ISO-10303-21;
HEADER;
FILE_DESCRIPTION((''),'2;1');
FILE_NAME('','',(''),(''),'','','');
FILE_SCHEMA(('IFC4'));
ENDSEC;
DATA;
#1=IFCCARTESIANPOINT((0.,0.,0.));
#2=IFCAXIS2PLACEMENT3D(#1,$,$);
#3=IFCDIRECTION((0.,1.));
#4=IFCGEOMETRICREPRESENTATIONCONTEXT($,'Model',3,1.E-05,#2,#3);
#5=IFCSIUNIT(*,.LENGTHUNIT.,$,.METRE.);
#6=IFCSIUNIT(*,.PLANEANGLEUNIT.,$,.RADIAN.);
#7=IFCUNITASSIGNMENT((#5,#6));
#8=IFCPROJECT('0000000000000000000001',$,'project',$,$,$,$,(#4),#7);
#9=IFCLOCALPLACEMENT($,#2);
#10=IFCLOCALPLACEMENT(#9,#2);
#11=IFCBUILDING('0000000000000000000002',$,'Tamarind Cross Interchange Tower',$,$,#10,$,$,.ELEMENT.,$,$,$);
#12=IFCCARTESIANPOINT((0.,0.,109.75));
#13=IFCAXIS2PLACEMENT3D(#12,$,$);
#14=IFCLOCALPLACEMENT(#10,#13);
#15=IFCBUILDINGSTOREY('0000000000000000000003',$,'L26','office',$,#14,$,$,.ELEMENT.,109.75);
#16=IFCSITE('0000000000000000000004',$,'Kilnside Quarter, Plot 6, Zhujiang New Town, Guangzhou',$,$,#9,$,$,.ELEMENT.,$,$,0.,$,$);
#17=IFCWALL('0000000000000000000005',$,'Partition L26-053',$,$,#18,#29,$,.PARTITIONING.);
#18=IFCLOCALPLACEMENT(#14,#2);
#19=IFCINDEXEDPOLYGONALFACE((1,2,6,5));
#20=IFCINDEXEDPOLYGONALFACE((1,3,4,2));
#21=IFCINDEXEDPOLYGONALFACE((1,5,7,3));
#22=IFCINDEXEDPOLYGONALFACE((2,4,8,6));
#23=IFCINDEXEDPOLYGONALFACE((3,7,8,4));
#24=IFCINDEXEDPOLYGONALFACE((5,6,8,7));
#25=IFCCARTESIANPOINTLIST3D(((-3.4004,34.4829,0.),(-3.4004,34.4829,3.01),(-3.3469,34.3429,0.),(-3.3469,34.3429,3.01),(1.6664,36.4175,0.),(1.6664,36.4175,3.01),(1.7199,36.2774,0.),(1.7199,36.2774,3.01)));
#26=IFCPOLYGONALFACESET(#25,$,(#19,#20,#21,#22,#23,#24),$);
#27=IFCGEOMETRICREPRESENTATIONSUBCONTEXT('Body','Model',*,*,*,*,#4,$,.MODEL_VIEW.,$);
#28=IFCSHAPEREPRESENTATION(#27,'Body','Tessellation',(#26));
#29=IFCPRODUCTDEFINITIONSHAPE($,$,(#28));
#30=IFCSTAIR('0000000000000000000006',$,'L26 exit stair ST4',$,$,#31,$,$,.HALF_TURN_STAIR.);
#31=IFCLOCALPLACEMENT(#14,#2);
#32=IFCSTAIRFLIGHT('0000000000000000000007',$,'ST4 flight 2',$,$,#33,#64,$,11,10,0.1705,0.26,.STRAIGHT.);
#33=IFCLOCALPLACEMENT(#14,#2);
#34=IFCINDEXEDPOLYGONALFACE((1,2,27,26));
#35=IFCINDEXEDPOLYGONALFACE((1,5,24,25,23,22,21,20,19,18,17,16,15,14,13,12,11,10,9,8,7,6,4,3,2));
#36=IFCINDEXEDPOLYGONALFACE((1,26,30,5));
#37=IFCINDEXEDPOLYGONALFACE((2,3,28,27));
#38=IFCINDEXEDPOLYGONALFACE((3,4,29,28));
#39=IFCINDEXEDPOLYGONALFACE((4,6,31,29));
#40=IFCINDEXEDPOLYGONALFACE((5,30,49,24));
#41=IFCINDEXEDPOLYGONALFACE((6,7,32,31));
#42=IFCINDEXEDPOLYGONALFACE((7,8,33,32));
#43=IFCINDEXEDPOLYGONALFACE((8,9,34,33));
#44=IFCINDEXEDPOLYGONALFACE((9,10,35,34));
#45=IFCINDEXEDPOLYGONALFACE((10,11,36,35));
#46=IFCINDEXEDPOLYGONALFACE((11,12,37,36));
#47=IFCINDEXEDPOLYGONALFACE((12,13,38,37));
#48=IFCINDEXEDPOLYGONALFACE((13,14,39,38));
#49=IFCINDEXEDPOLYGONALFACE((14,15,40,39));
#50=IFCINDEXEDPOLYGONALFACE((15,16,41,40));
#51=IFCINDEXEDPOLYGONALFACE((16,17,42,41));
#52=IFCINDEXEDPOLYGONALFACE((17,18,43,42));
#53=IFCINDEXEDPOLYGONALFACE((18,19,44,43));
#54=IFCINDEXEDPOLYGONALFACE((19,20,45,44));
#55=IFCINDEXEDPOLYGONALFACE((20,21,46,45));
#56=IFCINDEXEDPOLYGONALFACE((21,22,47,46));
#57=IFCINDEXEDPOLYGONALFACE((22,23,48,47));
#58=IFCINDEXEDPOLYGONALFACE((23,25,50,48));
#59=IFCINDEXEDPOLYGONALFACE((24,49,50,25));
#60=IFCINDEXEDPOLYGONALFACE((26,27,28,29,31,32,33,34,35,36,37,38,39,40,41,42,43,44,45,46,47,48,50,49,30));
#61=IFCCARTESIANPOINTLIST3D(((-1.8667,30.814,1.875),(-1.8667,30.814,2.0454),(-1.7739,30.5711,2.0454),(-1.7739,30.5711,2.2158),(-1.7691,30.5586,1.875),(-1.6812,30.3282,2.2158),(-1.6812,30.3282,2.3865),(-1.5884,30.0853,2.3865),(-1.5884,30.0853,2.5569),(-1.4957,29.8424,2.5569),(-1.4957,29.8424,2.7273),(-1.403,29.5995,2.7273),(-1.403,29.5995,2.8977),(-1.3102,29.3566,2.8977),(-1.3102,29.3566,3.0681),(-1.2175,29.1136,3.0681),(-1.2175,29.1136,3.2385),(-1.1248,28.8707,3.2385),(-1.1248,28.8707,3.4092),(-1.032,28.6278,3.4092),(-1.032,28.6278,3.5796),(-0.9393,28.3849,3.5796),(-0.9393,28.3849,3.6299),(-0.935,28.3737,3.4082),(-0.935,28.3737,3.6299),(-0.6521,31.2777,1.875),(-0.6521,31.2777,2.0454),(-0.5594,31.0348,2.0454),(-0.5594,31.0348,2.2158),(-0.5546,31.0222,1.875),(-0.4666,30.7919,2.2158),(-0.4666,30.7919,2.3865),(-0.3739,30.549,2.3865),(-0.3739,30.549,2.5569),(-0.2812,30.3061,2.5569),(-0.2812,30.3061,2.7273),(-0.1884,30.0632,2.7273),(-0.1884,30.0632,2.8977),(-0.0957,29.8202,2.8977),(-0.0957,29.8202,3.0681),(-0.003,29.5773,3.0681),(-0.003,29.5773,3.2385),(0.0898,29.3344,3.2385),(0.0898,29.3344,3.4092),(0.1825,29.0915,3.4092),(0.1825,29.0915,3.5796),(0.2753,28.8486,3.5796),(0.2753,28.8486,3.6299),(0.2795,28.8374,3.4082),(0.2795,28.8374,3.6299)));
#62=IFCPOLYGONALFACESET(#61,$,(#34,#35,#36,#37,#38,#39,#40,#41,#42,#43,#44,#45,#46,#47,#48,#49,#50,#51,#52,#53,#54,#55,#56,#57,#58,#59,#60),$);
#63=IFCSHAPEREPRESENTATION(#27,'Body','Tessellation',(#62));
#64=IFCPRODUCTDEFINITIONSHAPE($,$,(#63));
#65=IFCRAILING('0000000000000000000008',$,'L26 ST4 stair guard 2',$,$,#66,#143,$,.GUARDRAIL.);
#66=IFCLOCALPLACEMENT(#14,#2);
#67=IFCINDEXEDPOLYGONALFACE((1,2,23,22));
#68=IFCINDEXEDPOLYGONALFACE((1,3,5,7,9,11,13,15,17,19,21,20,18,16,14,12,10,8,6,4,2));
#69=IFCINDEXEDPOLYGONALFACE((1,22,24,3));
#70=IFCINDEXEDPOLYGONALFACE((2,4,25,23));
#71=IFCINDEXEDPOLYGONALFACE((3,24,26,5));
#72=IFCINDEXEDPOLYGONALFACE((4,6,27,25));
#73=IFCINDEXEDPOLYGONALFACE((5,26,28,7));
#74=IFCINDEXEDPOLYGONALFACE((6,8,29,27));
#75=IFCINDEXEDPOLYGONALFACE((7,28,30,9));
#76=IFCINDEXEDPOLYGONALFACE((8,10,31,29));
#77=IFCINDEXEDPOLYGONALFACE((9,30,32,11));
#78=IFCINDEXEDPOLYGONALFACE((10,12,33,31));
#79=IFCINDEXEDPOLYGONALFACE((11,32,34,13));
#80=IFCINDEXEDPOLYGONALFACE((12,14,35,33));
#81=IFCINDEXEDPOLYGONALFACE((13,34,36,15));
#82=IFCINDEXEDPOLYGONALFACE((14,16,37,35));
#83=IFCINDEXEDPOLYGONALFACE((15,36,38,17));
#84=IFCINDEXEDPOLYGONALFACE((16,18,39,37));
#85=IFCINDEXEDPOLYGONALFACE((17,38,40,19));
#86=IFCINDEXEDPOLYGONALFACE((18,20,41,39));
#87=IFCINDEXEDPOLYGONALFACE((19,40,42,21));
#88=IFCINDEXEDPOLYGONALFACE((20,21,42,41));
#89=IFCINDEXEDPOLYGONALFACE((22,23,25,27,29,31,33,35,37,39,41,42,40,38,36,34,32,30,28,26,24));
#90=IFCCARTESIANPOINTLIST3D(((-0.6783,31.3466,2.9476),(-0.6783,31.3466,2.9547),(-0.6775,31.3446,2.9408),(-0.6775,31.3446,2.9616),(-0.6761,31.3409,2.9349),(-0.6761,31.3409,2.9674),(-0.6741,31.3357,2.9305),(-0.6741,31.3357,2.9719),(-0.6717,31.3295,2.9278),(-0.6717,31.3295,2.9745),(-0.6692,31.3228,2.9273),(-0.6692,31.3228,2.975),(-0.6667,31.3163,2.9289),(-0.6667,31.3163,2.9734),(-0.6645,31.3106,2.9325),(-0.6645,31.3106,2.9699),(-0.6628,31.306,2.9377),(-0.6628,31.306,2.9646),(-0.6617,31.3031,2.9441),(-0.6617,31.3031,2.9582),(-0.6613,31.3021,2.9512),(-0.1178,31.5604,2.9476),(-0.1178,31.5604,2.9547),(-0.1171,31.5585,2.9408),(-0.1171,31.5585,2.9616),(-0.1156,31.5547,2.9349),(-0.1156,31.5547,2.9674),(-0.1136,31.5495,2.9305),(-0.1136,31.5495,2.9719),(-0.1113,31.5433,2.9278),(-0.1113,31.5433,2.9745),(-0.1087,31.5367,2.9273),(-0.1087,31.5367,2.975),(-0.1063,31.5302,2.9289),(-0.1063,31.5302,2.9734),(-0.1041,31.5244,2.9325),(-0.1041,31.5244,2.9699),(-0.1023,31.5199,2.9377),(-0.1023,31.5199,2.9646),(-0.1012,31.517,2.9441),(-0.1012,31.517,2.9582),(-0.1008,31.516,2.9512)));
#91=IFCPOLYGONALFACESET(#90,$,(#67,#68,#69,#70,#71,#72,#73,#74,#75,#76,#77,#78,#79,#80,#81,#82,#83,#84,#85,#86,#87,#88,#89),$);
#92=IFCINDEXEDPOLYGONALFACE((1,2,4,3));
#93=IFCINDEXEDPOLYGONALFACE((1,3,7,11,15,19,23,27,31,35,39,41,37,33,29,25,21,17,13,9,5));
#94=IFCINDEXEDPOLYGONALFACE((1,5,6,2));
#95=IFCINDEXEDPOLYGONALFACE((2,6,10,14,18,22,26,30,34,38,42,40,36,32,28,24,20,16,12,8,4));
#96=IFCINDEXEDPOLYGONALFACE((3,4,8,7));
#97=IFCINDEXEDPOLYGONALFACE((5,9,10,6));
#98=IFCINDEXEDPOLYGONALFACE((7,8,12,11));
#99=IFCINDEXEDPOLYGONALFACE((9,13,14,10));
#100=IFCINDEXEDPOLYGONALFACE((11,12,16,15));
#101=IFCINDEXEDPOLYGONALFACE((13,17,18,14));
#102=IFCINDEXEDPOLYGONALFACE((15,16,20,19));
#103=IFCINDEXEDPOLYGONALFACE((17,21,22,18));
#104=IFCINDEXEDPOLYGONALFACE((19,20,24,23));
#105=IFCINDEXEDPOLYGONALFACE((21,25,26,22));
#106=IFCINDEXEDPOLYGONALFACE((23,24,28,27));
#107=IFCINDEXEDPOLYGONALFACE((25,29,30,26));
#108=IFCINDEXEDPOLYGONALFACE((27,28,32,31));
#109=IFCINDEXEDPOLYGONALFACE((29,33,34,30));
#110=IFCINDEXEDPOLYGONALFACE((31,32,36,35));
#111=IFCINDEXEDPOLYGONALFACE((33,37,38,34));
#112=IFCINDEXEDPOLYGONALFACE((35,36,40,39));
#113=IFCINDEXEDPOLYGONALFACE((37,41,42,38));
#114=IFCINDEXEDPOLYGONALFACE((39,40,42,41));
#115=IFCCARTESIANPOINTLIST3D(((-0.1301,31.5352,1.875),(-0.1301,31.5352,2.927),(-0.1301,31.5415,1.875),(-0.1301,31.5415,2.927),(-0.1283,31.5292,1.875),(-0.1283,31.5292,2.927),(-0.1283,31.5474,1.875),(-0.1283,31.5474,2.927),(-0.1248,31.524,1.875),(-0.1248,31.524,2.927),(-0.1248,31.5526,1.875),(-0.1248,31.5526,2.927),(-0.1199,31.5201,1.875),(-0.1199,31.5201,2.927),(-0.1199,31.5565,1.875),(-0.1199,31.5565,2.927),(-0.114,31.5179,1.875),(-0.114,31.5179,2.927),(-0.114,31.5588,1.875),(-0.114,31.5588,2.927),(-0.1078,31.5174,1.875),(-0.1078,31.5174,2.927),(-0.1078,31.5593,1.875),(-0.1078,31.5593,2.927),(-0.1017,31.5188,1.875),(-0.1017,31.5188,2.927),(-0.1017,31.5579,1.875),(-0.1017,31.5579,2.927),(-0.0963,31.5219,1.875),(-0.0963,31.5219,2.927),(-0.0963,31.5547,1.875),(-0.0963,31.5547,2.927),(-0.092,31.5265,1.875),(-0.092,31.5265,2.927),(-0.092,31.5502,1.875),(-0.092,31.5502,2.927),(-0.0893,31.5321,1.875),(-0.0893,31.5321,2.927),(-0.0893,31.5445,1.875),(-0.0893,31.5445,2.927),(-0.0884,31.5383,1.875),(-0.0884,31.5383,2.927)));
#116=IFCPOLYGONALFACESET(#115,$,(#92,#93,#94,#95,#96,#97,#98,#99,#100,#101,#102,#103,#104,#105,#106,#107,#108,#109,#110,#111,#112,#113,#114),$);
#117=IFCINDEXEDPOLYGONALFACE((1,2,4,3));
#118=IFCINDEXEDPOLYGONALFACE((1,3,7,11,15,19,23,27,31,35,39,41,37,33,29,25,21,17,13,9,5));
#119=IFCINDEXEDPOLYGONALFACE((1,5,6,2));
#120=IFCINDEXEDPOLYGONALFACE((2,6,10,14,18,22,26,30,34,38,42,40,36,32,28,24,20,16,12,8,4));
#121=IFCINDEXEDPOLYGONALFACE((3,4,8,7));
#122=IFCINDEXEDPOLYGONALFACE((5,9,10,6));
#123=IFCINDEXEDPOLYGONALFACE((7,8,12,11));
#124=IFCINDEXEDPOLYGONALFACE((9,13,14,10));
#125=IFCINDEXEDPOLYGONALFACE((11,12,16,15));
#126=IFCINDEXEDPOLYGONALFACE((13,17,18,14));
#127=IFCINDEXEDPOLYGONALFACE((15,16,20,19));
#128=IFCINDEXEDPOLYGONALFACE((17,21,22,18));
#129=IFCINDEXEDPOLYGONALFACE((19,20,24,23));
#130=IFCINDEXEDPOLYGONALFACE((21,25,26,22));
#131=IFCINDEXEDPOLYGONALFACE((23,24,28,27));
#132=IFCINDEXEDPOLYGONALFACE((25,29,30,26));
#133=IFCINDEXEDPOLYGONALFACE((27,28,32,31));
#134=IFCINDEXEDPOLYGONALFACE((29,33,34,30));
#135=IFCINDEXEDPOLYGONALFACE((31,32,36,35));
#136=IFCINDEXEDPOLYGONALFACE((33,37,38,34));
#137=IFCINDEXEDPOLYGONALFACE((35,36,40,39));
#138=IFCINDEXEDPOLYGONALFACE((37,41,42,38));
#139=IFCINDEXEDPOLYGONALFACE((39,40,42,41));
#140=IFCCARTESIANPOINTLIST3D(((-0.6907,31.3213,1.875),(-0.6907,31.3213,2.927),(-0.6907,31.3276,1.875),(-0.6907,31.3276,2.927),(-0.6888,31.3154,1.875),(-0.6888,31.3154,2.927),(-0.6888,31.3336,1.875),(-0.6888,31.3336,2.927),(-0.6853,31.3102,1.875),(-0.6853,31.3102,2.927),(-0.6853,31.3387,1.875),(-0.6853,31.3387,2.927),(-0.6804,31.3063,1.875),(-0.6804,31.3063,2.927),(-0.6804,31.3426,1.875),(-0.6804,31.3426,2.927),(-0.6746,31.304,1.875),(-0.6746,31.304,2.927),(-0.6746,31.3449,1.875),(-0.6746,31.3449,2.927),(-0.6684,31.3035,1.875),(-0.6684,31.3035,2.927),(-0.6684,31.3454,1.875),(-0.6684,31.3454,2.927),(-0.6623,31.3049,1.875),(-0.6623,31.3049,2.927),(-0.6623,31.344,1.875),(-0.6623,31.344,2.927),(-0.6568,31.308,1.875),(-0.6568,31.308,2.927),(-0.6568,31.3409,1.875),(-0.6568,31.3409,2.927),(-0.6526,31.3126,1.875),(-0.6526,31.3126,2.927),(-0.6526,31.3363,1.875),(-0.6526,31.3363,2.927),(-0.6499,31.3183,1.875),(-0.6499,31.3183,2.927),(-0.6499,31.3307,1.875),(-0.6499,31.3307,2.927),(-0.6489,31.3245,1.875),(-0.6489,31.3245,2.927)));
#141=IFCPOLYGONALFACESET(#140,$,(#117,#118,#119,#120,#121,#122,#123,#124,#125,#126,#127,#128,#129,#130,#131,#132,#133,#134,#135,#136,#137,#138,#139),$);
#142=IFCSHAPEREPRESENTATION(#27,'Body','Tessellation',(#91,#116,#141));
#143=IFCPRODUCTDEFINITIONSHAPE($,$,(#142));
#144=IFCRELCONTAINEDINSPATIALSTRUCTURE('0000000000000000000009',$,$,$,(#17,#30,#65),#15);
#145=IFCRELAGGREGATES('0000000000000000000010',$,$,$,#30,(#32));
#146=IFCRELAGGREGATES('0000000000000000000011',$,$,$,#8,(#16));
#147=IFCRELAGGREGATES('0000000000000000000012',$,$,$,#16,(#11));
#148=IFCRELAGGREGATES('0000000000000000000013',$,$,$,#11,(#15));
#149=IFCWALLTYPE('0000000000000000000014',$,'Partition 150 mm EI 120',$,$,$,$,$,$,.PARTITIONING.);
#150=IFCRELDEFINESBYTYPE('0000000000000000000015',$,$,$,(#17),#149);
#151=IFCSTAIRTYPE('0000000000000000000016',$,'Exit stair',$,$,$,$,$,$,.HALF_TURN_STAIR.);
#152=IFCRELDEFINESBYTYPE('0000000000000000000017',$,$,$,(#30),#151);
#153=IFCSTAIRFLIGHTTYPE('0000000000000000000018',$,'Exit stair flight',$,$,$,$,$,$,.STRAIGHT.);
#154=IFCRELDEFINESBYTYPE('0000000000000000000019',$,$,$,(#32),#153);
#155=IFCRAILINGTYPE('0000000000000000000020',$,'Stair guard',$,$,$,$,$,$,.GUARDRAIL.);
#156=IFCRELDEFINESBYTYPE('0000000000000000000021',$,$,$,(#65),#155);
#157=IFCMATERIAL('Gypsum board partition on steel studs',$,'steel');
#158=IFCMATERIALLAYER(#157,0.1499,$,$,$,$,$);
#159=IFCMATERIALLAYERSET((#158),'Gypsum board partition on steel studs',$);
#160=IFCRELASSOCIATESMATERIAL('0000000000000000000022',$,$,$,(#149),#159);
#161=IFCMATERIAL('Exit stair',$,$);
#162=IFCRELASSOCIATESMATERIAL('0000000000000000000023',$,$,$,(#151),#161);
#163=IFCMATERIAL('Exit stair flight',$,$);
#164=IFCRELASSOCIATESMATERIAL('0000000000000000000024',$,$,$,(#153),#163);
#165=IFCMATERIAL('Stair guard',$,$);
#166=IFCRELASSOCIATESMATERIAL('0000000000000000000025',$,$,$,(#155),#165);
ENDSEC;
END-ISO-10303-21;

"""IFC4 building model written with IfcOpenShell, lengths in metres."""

from ifc_helpers import new_model, si_unit, direction, frame, frame_2d, origin, origin_2d, place, context, subcontext, project, spatial, polyline, rectangle, circle, outline, extrude, material, layer, layer_set, type_object, element, aggregate, save


model = new_model("IFC4")

# Units and contexts
model_context = context("Model", 3, precision=1e-05, world=origin(), true_north=direction((0.0, 1.0)))
body_context = subcontext(model_context, "Body", "Model", "MODEL_VIEW")
ifc_project = project(units=[si_unit("LENGTHUNIT", "METRE"), si_unit("PLANEANGLEUNIT", "RADIAN")], contexts=[model_context])

# Site, building, storey
site_placement = place(None, origin())
site = spatial("IfcSite", under=ifc_project, at=site_placement, Name="Kilnside Quarter, Plot 6, Zhujiang New Town, Guangzhou", CompositionType="ELEMENT", RefElevation=0.0)
building_placement = place(site_placement, origin())
building = spatial("IfcBuilding", under=site, at=building_placement, Name="Tamarind Cross Interchange Tower", CompositionType="ELEMENT")
storey_placement = place(building_placement, frame((0.0, 0.0, 109.75)))
storey = spatial("IfcBuildingStorey", under=building, at=storey_placement, Name="L26", Description="office", CompositionType="ELEMENT", Elevation=109.75)

# Shared definitions
ifc_material_1 = material(Name="Gypsum board partition on steel studs", Category="steel")

# Shared definitions
ifc_layer_1 = layer(ifc_material_1, 0.1499)
ifc_layer_set_1 = layer_set([ifc_layer_1], Name="Gypsum board partition on steel studs")
wall_type_1 = type_object("IfcWallType", Name="Partition 150 mm EI 120", PredefinedType="PARTITIONING", material=ifc_layer_set_1)

# Wall
wall_1_placement = place(storey_placement, frame((-3.3738, 34.4128, 0.0), z_axis=(0.0, 0.0, 1.0), x_axis=(0.934222, 0.356692, 0.0)))
element("IfcWall", 1, at=wall_1_placement, inside=storey, type_object=wall_type_1, Name="Partition L26-053", PredefinedType="PARTITIONING", context=body_context, shape_type="SweptSolid", body=[
    extrude(rectangle(XDim=5.4236, YDim=0.1499, at=frame_2d((2.7119, 0.0))), origin(), (0.0, 0.0, 1.0), 3.01),
])

# Stair, stair flight
ifc_material_2 = material(Name="Exit stair")
stair_type = type_object("IfcStairType", Name="Exit stair", PredefinedType="HALF_TURN_STAIR", material=ifc_material_2)
stair_placement = place(storey_placement, origin())
stair = element("IfcStair", 2, at=stair_placement, inside=storey, type_object=stair_type, Name="L26 exit stair ST4", PredefinedType="HALF_TURN_STAIR")
ifc_material_3 = material(Name="Exit stair flight")
stair_flight_type = type_object("IfcStairFlightType", Name="Exit stair flight", PredefinedType="STRAIGHT", material=ifc_material_3)
stair_flight_placement = place(storey_placement, frame((-1.2593, 31.0459, 1.875), z_axis=(0.0, 0.0, 1.0), x_axis=(0.356673, -0.934229, 0.0)))
stair_flight = element("IfcStairFlight", 3, at=stair_flight_placement, type_object=stair_flight_type, Name="ST4 flight 2", NumberOfRisers=11, NumberOfTreads=10, PredefinedType="STRAIGHT", RiserHeight=0.1705, TreadLength=0.26, context=body_context, shape_type="SweptSolid", body=[
    extrude(outline(polyline([(0.0, 0.0), (0.0, 0.1704), (0.26, 0.1704), (0.26, 0.3408), (0.52, 0.3408), (0.52, 0.5115), (0.78, 0.5115), (0.78, 0.6819), (1.04, 0.6819), (1.04, 0.8523), (1.3, 0.8523), (1.3, 1.0227), (1.5601, 1.0227), (1.5601, 1.1931), (1.8201, 1.1931), (1.8201, 1.3635), (2.0801, 1.3635), (2.0801, 1.5342), (2.3401, 1.5342), (2.3401, 1.7046), (2.6001, 1.7046), (2.6001, 1.7549), (2.6121, 1.7549), (2.6121, 1.5332), (0.2734, 0.0), (0.0, 0.0)])), frame((0.0, 0.6499, 0.0), z_axis=(0.0, -1.0, 0.0), x_axis=(1.0, 0.0, 0.0)), (0.0, 0.0, 1.0), 1.3),
])
aggregate(stair, [stair_flight])

# Railing
ifc_material_4 = material(Name="Stair guard")
railing_type_1 = type_object("IfcRailingType", Name="Stair guard", PredefinedType="GUARDRAIL", material=ifc_material_4)
railing_1_placement = place(storey_placement, frame((-0.1094, 31.5383, 1.875)))
element("IfcRailing", 4, at=railing_1_placement, inside=storey, type_object=railing_type_1, Name="L26 ST4 stair guard 2", PredefinedType="GUARDRAIL", context=body_context, shape_type="SweptSolid", body=[
    extrude(circle(Radius=0.0239, at=origin_2d()), frame((0.0, 0.0, 1.0762), z_axis=(-0.934307, -0.356469, 0.0), x_axis=(0.356469, -0.934307, 0.0)), (0.0, 0.0, 1.0), 0.5999),
    extrude(circle(Radius=0.021, at=origin_2d()), origin(), (0.0, 0.0, 1.0), 1.052),
    extrude(circle(Radius=0.021, at=origin_2d()), frame((-0.5605, -0.2139, 0.0)), (0.0, 0.0, 1.0), 1.052),
])

save(model, "model.ifc")
